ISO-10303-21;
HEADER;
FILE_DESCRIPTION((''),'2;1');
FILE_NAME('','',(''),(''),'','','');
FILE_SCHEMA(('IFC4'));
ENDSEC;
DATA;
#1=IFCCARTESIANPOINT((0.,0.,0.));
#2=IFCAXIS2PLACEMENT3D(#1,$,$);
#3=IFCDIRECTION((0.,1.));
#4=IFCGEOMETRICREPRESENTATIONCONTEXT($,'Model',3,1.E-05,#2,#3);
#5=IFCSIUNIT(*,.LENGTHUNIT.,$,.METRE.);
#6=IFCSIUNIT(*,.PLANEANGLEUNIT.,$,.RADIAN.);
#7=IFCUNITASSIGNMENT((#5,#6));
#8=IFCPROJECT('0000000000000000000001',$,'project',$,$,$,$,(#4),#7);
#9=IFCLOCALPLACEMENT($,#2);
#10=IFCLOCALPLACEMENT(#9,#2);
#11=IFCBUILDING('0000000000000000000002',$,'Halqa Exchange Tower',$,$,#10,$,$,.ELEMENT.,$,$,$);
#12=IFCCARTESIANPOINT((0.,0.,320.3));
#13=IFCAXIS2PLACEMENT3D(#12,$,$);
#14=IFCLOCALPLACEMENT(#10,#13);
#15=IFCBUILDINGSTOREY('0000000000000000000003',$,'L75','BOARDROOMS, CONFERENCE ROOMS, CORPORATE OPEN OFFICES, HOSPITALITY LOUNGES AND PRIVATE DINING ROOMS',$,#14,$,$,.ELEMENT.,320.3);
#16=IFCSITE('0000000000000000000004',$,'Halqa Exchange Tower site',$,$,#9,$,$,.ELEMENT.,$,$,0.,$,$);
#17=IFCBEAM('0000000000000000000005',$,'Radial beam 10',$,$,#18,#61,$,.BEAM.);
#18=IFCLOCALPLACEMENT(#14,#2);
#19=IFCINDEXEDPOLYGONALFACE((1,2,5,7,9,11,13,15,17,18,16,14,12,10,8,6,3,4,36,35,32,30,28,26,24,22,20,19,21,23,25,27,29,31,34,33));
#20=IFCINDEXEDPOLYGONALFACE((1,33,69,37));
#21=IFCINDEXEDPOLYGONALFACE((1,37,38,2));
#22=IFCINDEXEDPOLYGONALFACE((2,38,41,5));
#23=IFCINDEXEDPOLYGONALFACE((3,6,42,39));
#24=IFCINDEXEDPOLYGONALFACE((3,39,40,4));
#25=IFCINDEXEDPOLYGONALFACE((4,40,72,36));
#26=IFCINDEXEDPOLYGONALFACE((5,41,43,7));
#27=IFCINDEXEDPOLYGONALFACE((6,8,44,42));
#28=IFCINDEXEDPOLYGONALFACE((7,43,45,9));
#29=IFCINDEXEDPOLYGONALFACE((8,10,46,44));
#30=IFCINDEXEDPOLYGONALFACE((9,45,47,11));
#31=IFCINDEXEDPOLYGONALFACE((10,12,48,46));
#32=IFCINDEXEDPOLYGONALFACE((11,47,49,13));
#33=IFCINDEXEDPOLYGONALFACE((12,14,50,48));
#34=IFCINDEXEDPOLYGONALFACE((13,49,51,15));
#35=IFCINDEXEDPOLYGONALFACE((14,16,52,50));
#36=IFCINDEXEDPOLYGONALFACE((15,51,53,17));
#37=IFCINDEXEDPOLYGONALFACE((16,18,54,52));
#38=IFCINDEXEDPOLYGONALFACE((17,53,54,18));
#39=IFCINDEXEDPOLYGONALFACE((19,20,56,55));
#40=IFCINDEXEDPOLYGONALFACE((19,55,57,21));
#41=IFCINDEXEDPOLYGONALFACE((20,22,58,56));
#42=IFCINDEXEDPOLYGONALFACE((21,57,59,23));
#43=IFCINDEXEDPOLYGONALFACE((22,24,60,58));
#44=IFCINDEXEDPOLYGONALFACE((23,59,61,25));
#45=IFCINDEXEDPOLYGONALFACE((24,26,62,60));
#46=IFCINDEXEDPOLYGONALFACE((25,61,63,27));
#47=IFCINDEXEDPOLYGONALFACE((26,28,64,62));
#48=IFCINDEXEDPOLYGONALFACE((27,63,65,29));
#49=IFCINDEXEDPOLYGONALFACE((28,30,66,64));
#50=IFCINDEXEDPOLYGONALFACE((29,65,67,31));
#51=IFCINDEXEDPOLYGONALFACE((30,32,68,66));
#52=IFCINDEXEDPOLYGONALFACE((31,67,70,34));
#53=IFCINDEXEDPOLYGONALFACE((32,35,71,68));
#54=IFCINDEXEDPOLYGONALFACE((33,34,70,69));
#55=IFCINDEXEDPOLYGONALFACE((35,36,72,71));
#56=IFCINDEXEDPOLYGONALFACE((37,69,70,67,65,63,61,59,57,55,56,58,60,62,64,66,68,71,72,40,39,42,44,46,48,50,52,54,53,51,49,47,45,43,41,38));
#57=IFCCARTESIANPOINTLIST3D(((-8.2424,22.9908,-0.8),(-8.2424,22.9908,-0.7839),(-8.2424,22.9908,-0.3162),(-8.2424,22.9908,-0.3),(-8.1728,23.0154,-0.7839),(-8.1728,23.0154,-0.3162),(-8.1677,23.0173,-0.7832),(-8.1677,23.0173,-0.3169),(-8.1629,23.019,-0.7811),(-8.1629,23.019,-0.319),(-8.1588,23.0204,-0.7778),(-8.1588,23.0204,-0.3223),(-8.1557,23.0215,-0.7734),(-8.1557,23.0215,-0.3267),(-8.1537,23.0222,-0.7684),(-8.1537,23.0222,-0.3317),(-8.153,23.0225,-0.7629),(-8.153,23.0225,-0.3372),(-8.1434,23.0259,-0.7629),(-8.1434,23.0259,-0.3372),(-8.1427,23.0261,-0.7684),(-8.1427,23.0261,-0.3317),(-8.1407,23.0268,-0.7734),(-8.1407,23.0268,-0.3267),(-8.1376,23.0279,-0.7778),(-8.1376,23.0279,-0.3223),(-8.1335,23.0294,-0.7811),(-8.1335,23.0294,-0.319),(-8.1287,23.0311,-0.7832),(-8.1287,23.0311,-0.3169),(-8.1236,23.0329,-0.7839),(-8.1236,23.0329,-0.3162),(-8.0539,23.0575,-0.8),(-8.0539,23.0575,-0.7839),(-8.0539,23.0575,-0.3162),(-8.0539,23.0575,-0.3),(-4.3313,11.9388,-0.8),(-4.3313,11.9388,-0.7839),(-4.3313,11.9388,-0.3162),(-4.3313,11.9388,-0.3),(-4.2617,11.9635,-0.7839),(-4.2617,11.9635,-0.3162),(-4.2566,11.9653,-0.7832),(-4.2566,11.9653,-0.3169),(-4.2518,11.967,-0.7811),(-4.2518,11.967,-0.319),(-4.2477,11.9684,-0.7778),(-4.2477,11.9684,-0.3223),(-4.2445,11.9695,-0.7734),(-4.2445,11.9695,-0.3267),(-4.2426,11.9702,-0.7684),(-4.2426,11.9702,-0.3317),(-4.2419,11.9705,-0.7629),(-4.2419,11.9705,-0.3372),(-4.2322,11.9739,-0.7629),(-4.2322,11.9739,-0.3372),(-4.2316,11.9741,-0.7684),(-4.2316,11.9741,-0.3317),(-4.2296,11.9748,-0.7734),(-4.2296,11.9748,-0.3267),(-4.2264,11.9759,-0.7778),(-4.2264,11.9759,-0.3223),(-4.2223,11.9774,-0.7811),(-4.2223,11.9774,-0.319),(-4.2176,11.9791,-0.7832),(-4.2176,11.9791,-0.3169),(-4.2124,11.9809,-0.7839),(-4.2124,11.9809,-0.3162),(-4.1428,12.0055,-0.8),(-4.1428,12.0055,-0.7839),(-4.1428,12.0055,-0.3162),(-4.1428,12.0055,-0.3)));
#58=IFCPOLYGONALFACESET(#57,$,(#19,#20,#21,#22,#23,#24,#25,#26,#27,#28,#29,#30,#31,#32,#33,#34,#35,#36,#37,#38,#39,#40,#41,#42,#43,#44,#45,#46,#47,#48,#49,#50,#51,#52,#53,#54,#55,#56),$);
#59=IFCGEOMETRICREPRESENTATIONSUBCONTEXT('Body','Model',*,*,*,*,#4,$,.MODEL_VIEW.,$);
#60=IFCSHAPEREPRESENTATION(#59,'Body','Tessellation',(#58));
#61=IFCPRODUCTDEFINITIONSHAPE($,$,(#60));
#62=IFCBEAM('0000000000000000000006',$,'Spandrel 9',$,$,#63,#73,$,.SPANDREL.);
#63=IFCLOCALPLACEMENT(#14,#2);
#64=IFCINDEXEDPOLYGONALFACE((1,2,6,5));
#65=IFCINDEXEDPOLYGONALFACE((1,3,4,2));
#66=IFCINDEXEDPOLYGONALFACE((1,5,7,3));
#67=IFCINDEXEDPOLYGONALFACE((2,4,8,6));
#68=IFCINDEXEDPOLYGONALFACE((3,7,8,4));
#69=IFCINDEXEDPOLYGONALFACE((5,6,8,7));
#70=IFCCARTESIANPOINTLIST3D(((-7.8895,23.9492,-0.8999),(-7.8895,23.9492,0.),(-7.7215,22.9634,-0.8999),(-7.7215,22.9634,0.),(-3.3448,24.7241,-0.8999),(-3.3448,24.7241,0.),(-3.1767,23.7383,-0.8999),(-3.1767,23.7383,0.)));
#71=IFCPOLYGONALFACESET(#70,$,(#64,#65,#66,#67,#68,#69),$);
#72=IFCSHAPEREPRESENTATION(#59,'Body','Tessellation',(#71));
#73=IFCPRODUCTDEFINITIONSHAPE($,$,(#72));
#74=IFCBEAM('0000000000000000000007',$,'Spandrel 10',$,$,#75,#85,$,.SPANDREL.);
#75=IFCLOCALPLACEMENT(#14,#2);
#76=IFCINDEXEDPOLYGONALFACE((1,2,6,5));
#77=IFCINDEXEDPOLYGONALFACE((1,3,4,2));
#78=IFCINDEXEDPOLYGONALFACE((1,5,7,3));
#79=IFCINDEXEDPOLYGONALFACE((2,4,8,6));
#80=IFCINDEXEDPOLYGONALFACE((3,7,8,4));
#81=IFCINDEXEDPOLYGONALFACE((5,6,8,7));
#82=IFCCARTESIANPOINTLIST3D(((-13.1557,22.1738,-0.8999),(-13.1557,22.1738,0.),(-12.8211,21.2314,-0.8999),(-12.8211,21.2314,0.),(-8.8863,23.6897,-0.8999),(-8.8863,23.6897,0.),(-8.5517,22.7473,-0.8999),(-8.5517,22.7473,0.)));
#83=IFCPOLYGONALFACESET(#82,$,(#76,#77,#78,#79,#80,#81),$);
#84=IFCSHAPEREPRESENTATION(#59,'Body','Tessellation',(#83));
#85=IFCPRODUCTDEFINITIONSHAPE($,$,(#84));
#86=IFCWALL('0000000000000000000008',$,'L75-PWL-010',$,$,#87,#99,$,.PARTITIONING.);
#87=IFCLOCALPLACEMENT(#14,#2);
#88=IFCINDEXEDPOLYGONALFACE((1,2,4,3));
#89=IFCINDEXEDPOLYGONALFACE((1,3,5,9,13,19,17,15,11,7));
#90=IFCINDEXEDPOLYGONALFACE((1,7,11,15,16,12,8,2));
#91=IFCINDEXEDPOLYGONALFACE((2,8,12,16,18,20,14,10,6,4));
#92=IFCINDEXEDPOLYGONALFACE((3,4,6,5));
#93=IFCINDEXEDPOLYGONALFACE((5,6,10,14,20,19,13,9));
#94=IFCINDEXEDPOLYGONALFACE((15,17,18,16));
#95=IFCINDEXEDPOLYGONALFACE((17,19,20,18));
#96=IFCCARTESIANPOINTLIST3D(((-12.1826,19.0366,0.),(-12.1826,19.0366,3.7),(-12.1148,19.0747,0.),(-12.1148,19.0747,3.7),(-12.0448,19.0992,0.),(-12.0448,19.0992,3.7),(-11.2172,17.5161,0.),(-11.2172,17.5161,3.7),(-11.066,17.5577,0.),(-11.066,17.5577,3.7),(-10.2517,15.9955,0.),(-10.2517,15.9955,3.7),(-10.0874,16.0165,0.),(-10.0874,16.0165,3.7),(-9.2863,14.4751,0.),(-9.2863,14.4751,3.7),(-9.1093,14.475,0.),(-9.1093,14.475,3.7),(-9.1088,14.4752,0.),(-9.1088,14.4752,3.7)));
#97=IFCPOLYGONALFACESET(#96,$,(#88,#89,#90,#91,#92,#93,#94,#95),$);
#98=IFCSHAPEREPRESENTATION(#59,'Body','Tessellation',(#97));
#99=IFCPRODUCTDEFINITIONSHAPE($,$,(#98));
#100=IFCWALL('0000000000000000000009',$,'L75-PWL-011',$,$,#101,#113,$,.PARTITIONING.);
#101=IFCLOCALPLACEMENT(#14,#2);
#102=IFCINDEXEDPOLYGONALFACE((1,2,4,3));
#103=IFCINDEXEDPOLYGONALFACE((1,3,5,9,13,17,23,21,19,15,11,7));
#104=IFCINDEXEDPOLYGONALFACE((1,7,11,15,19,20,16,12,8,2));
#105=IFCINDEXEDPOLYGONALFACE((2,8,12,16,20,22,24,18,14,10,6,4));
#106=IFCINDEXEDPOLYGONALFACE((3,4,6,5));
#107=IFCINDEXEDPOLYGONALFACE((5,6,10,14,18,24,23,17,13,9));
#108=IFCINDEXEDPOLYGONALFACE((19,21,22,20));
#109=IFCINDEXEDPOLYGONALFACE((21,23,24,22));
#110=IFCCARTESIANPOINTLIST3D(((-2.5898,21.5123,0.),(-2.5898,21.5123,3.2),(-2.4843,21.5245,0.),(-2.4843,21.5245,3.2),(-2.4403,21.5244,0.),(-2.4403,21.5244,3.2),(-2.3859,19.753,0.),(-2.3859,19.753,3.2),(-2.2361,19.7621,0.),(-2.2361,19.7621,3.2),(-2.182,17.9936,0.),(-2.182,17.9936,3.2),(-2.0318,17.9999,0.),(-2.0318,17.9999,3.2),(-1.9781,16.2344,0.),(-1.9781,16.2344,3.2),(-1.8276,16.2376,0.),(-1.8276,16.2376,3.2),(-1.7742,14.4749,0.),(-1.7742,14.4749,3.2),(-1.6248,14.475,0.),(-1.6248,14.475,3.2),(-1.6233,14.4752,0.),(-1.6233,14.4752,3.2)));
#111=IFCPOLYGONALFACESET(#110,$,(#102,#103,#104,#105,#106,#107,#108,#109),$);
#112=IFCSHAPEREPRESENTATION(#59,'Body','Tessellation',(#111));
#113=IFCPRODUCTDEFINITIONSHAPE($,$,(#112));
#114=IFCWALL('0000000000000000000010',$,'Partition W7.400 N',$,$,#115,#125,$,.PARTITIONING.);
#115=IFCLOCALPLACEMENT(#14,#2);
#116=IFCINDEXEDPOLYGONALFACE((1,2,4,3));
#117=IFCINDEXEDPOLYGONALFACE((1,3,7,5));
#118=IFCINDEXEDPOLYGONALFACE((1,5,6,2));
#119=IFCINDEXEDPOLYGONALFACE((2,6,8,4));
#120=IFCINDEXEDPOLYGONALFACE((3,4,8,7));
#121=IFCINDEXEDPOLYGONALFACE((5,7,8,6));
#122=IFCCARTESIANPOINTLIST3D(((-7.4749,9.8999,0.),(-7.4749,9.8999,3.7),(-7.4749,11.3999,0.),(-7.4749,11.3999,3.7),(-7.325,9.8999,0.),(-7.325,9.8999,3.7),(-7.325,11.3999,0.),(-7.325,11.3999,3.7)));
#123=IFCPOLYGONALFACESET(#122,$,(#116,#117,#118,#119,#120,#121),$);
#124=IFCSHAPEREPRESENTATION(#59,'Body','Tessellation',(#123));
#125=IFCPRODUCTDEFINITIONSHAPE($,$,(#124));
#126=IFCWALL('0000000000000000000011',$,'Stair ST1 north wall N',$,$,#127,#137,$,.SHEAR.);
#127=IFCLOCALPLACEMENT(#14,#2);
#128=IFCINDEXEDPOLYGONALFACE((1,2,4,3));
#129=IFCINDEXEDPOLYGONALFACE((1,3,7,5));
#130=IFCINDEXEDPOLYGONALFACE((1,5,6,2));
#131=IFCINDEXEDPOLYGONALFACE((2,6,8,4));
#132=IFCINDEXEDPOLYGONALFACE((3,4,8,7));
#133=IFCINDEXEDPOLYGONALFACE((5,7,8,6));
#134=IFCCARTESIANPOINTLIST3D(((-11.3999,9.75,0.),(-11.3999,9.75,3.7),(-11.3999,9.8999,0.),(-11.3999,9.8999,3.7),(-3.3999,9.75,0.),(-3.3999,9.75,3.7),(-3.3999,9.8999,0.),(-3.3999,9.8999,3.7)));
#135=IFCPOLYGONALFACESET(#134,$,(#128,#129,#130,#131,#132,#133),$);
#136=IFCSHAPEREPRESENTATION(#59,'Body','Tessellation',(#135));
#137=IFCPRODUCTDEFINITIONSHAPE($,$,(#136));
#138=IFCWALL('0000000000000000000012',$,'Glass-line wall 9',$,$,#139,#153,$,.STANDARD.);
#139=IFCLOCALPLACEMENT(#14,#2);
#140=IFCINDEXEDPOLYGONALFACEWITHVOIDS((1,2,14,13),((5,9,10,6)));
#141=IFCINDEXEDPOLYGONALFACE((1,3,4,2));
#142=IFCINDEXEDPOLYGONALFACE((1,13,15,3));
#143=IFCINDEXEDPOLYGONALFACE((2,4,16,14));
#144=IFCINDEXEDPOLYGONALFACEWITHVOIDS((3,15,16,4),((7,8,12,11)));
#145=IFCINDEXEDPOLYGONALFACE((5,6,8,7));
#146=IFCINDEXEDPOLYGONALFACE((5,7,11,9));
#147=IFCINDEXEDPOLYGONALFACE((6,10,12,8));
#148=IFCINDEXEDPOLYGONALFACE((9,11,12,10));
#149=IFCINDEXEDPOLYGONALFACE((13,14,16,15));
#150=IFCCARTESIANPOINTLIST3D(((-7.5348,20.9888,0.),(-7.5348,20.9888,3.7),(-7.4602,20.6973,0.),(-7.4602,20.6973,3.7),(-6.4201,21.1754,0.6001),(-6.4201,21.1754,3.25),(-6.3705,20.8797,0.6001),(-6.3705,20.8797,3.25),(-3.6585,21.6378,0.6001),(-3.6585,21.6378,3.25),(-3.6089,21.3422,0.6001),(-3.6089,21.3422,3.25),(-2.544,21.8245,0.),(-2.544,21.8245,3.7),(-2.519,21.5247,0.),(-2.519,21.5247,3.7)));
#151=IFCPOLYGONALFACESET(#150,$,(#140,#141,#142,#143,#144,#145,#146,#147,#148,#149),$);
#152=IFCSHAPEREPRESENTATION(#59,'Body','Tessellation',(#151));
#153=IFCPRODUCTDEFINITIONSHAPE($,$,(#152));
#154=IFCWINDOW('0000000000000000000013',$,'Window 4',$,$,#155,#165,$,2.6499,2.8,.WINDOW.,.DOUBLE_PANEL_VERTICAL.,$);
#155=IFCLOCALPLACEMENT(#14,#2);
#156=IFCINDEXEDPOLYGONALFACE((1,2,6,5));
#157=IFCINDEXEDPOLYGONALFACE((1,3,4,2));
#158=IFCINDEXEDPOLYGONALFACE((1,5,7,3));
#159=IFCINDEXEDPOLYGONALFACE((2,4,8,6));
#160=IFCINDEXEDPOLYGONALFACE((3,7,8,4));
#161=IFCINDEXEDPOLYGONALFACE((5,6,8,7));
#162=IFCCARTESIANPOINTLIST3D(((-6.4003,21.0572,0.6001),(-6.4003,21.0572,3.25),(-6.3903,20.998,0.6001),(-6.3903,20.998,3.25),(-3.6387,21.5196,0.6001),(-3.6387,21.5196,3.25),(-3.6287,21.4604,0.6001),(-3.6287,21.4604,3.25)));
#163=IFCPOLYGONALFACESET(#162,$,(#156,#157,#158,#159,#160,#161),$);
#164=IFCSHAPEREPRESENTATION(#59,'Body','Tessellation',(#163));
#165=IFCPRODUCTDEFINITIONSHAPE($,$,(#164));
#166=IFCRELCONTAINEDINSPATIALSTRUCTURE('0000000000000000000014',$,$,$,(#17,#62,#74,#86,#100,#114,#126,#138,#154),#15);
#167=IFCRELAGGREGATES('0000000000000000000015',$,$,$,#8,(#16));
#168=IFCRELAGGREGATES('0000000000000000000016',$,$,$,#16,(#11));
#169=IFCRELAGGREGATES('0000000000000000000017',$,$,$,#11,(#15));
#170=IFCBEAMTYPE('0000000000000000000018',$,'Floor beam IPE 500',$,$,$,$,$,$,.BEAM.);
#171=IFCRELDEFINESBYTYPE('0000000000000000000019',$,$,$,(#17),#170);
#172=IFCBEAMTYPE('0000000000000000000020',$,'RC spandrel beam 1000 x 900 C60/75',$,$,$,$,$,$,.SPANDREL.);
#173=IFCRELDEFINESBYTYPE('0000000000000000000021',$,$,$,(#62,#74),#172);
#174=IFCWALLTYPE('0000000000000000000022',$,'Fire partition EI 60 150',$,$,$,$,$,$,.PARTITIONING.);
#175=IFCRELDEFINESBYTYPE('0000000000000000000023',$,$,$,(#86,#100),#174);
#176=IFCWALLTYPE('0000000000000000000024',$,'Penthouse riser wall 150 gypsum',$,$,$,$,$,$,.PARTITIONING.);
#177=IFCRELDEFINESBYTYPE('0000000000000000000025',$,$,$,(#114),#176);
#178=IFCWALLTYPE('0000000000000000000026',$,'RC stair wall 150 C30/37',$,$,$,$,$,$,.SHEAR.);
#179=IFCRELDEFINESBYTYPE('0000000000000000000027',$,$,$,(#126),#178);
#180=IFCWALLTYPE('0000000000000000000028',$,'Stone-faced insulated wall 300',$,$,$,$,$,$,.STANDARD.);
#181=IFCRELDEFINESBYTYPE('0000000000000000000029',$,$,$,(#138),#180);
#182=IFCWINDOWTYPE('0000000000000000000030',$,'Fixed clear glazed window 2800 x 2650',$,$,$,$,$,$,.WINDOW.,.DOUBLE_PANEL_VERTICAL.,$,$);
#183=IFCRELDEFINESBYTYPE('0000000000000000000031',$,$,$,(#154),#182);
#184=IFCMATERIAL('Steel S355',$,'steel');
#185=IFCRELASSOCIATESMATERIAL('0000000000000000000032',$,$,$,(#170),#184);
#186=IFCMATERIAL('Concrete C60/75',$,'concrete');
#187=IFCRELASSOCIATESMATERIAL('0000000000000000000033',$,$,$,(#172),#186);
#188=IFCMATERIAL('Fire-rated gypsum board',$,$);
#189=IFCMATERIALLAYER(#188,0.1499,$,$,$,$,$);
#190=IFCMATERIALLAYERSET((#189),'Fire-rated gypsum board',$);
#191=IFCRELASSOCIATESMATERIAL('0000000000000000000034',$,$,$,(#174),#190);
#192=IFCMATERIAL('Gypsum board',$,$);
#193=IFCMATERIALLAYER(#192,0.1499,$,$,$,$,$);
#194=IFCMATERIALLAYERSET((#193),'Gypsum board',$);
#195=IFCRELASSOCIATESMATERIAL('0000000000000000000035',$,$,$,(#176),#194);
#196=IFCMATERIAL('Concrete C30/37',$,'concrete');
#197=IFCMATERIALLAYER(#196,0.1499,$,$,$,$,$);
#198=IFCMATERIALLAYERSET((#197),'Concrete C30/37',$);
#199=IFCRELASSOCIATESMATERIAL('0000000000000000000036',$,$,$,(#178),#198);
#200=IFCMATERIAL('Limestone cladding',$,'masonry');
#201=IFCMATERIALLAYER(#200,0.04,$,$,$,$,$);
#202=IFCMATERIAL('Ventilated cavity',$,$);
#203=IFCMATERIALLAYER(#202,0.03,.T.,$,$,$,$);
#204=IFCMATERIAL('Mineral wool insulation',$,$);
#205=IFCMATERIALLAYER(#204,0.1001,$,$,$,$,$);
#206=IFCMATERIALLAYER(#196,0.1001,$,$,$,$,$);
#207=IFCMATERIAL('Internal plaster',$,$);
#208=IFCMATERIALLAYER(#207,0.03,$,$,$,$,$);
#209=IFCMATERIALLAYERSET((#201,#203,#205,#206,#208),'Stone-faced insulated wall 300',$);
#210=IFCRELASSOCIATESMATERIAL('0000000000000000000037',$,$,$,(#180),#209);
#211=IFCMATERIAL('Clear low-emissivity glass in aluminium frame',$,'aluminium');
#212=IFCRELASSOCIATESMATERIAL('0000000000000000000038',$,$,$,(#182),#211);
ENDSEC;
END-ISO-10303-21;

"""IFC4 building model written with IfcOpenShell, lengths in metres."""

from ifc_helpers import new_model, si_unit, direction, frame, frame_2d, origin, origin_2d, place, context, subcontext, project, spatial, polyline, rectangle, i_section, outline, extrude, material, layer, layer_set, material_profile, profile_set, type_object, element, fill, save


model = new_model("IFC4")

# Units and contexts
model_context = context("Model", 3, precision=1e-05, world=origin(), true_north=direction((0.0, 1.0)))
body_context = subcontext(model_context, "Body", "Model", "MODEL_VIEW")
ifc_project = project(units=[si_unit("LENGTHUNIT", "METRE"), si_unit("PLANEANGLEUNIT", "RADIAN")], contexts=[model_context])

# Site, building, storey
site_placement = place(None, origin())
site = spatial("IfcSite", under=ifc_project, at=site_placement, Name="Halqa Exchange Tower site", CompositionType="ELEMENT", RefElevation=0.0)
building_placement = place(site_placement, origin())
building = spatial("IfcBuilding", under=site, at=building_placement, Name="Halqa Exchange Tower", CompositionType="ELEMENT")
storey_placement = place(building_placement, frame((0.0, 0.0, 320.3)))
storey = spatial("IfcBuildingStorey", under=building, at=storey_placement, Name="L75", Description="BOARDROOMS, CONFERENCE ROOMS, CORPORATE OPEN OFFICES, HOSPITALITY LOUNGES AND PRIVATE DINING ROOMS", CompositionType="ELEMENT", Elevation=320.3)

# Beams
ifc_material_1 = material(Name="Steel S355", Category="steel")
ifc_material_profile_1 = material_profile(ifc_material_1, i_section(OverallWidth=0.2, OverallDepth=0.5, WebThickness=0.0103, FlangeThickness=0.0161, FilletRadius=0.021, at=origin_2d()), Name="IPE 500")
ifc_profile_set_1 = profile_set([ifc_material_profile_1], Name="Steel S355")
beam_type_1 = type_object("IfcBeamType", Name="Floor beam IPE 500", PredefinedType="BEAM", material=ifc_profile_set_1)
beam_1_placement = place(storey_placement, frame((-4.2371, 11.9722, -0.55), z_axis=(-0.333611, 0.942711, 0.0), x_axis=(-0.942711, -0.333611, 0.0)))
element("IfcBeam", 1, at=beam_1_placement, inside=storey, type_object=beam_type_1, Name="Radial beam 10", PredefinedType="BEAM", context=body_context, shape_type="SweptSolid", body=[
    extrude(i_section(OverallWidth=0.2, OverallDepth=0.5, WebThickness=0.0103, FlangeThickness=0.0161, FilletRadius=0.021, at=origin_2d()), origin(), (0.0, 0.0, 1.0), 11.7236),
])
ifc_material_2 = material(Name="Concrete C60/75", Category="concrete")
ifc_material_profile_2 = material_profile(ifc_material_2, rectangle(XDim=1.0, YDim=0.8999, at=origin_2d()), Name="1000 x 900")
ifc_profile_set_2 = profile_set([ifc_material_profile_2], Name="Concrete C60/75")
beam_type_2 = type_object("IfcBeamType", Name="RC spandrel beam 1000 x 900 C60/75", PredefinedType="SPANDREL", material=ifc_profile_set_2)
beam_2_placement = place(storey_placement, frame((-3.2607, 24.2312, -0.45), z_axis=(-0.985773, -0.168082, 0.0), x_axis=(0.168082, -0.985773, 0.0)))
element("IfcBeam", 2, at=beam_2_placement, inside=storey, type_object=beam_type_2, Name="Spandrel 9", PredefinedType="SPANDREL", context=body_context, shape_type="SweptSolid", body=[
    extrude(rectangle(XDim=1.0, YDim=0.8999, at=origin_2d()), origin(), (0.0, 0.0, 1.0), 4.6104),
])
beam_3_placement = place(storey_placement, frame((-8.719, 23.2185, -0.45), z_axis=(-0.942361, -0.334598, 0.0), x_axis=(0.334598, -0.942361, 0.0)))
element("IfcBeam", 3, at=beam_3_placement, inside=storey, type_object=beam_type_2, Name="Spandrel 10", PredefinedType="SPANDREL", context=body_context, shape_type="SweptSolid", body=[
    extrude(rectangle(XDim=1.0, YDim=0.8999, at=origin_2d()), origin(), (0.0, 0.0, 1.0), 4.5305),
])

# Walls
ifc_material_3 = material(Name="Fire-rated gypsum board")
ifc_layer_1 = layer(ifc_material_3, 0.1499)
ifc_layer_set_1 = layer_set([ifc_layer_1], Name="Fire-rated gypsum board")
wall_type_1 = type_object("IfcWallType", Name="Fire partition EI 60 150", PredefinedType="PARTITIONING", material=ifc_layer_set_1)
wall_1_placement = place(storey_placement, frame((-9.1721, 14.4351, 0.0), z_axis=(0.0, 0.0, 1.0), x_axis=(-0.536016, 0.844208, 0.0)))
element("IfcWall", 4, at=wall_1_placement, inside=storey, type_object=wall_type_1, Name="L75-PWL-010", PredefinedType="PARTITIONING", context=body_context, shape_type="SweptSolid", body=[
    extrude(outline(polyline([(0.0, -0.075), (1.8257, -0.075), (3.6514, -0.075), (5.4773, -0.075), (5.4941, -0.0027), (5.4983, 0.075), (3.6973, 0.075), (1.896, 0.075), (0.095, 0.075), (0.0, -0.0745), (0.0, -0.075)])), origin(), (0.0, 0.0, 1.0), 3.7),
])
wall_2_placement = place(storey_placement, frame((-1.6978, 14.4666, 0.0), z_axis=(0.0, 0.0, 1.0), x_axis=(-0.115132, 0.99335, 0.0)))
element("IfcWall", 5, at=wall_2_placement, inside=storey, type_object=wall_type_1, Name="L75-PWL-011", PredefinedType="PARTITIONING", context=body_context, shape_type="SweptSolid", body=[
    extrude(outline(polyline([(0.0, -0.075), (1.7742, -0.075), (3.5483, -0.075), (5.3223, -0.075), (7.0964, -0.075), (7.1016, -0.0312), (7.1016, 0.075), (5.3306, 0.075), (3.5593, 0.075), (1.7883, 0.075), (0.0171, 0.075), (0.0, -0.0735), (0.0, -0.075)])), origin(), (0.0, 0.0, 1.0), 3.2),
])
ifc_material_4 = material(Name="Gypsum board")
ifc_layer_2 = layer(ifc_material_4, 0.1499)
ifc_layer_set_2 = layer_set([ifc_layer_2], Name="Gypsum board")
wall_type_2 = type_object("IfcWallType", Name="Penthouse riser wall 150 gypsum", PredefinedType="PARTITIONING", material=ifc_layer_set_2)
wall_3_placement = place(storey_placement, frame((-7.3999, 9.8999, 0.0), z_axis=(0.0, 0.0, 1.0), x_axis=(0.0, 1.0, 0.0)))
element("IfcWall", 6, at=wall_3_placement, inside=storey, type_object=wall_type_2, Name="Partition W7.400 N", PredefinedType="PARTITIONING", context=body_context, shape_type="SweptSolid", body=[
    extrude(rectangle(XDim=1.5, YDim=0.1499, at=frame_2d((0.75, 0.0))), origin(), (0.0, 0.0, 1.0), 3.7),
])
ifc_material_5 = material(Name="Concrete C30/37", Category="concrete")
ifc_layer_3 = layer(ifc_material_5, 0.1499)
ifc_layer_set_3 = layer_set([ifc_layer_3], Name="Concrete C30/37")
wall_type_3 = type_object("IfcWallType", Name="RC stair wall 150 C30/37", PredefinedType="SHEAR", material=ifc_layer_set_3)
wall_4_placement = place(storey_placement, frame((-11.3999, 9.825, 0.0), z_axis=(0.0, 0.0, 1.0), x_axis=(1.0, 0.0, 0.0)))
element("IfcWall", 7, at=wall_4_placement, inside=storey, type_object=wall_type_3, Name="Stair ST1 north wall N", PredefinedType="SHEAR", context=body_context, shape_type="SweptSolid", body=[
    extrude(rectangle(XDim=8.0, YDim=0.1499, at=frame_2d((4.0, 0.0))), origin(), (0.0, 0.0, 1.0), 3.7),
])

# Wall, opening, window
ifc_material_6 = material(Name="Limestone cladding", Category="masonry")
ifc_layer_4 = layer(ifc_material_6, 0.04)
ifc_material_7 = material(Name="Ventilated cavity")
ifc_layer_5 = layer(ifc_material_7, 0.03, ventilated=True)
ifc_material_8 = material(Name="Mineral wool insulation")
ifc_layer_6 = layer(ifc_material_8, 0.1001)
ifc_layer_7 = layer(ifc_material_5, 0.1001)
ifc_material_9 = material(Name="Internal plaster")
ifc_layer_8 = layer(ifc_material_9, 0.03)
ifc_layer_set_4 = layer_set([ifc_layer_4, ifc_layer_5, ifc_layer_6, ifc_layer_7, ifc_layer_8], Name="Stone-faced insulated wall 300")
wall_type_4 = type_object("IfcWallType", Name="Stone-faced insulated wall 300", PredefinedType="STANDARD", material=ifc_layer_set_4)
wall_5_placement = place(storey_placement, frame((-2.5315, 21.6746, 0.0), z_axis=(0.0, 0.0, 1.0), x_axis=(-0.986269, -0.165146, 0.0)))
wall_5 = element("IfcWall", 8, at=wall_5_placement, inside=storey, type_object=wall_type_4, Name="Glass-line wall 9", PredefinedType="STANDARD", context=body_context, shape_type="SweptSolid", body=[
    extrude(outline(polyline([(-0.0125, -0.1499), (5.0479, -0.1499), (5.0225, 0.1499), (0.0125, 0.1499), (-0.0125, -0.1499)])), origin(), (0.0, 0.0, 1.0), 3.7),
])
opening_1_placement = place(wall_5_placement, frame((1.1177, 0.0, 0.6001)))
opening_1 = element("IfcOpeningElement", 9, at=opening_1_placement, cuts=wall_5, PredefinedType="OPENING", context=body_context, shape_type="SweptSolid", body=[
    extrude(rectangle(XDim=2.8, YDim=2.6499, at=frame_2d((1.3999, 1.325))), frame((0.0, 0.1621, 0.0), z_axis=(0.0, -1.0, 0.0), x_axis=(1.0, 0.0, 0.0)), (0.0, 0.0, 1.0), 0.324),
])
ifc_material_10 = material(Name="Clear low-emissivity glass in aluminium frame", Category="aluminium")
window_type = type_object("IfcWindowType", Name="Fixed clear glazed window 2800 x 2650", PartitioningType="DOUBLE_PANEL_VERTICAL", PredefinedType="WINDOW", material=ifc_material_10)
window_1_placement = place(opening_1_placement, origin())
window_1 = element("IfcWindow", 10, at=window_1_placement, inside=storey, type_object=window_type, Name="Window 4", OverallHeight=2.6499, OverallWidth=2.8, PartitioningType="DOUBLE_PANEL_VERTICAL", PredefinedType="WINDOW", context=body_context, shape_type="SweptSolid", body=[
    extrude(rectangle(XDim=2.8, YDim=2.6499, at=frame_2d((1.3999, 1.325))), frame((0.0, 0.03, 0.0), z_axis=(0.0, -1.0, 0.0), x_axis=(1.0, 0.0, 0.0)), (0.0, 0.0, 1.0), 0.0601),
])
fill(opening_1, window_1)

save(model, "model.ifc")
